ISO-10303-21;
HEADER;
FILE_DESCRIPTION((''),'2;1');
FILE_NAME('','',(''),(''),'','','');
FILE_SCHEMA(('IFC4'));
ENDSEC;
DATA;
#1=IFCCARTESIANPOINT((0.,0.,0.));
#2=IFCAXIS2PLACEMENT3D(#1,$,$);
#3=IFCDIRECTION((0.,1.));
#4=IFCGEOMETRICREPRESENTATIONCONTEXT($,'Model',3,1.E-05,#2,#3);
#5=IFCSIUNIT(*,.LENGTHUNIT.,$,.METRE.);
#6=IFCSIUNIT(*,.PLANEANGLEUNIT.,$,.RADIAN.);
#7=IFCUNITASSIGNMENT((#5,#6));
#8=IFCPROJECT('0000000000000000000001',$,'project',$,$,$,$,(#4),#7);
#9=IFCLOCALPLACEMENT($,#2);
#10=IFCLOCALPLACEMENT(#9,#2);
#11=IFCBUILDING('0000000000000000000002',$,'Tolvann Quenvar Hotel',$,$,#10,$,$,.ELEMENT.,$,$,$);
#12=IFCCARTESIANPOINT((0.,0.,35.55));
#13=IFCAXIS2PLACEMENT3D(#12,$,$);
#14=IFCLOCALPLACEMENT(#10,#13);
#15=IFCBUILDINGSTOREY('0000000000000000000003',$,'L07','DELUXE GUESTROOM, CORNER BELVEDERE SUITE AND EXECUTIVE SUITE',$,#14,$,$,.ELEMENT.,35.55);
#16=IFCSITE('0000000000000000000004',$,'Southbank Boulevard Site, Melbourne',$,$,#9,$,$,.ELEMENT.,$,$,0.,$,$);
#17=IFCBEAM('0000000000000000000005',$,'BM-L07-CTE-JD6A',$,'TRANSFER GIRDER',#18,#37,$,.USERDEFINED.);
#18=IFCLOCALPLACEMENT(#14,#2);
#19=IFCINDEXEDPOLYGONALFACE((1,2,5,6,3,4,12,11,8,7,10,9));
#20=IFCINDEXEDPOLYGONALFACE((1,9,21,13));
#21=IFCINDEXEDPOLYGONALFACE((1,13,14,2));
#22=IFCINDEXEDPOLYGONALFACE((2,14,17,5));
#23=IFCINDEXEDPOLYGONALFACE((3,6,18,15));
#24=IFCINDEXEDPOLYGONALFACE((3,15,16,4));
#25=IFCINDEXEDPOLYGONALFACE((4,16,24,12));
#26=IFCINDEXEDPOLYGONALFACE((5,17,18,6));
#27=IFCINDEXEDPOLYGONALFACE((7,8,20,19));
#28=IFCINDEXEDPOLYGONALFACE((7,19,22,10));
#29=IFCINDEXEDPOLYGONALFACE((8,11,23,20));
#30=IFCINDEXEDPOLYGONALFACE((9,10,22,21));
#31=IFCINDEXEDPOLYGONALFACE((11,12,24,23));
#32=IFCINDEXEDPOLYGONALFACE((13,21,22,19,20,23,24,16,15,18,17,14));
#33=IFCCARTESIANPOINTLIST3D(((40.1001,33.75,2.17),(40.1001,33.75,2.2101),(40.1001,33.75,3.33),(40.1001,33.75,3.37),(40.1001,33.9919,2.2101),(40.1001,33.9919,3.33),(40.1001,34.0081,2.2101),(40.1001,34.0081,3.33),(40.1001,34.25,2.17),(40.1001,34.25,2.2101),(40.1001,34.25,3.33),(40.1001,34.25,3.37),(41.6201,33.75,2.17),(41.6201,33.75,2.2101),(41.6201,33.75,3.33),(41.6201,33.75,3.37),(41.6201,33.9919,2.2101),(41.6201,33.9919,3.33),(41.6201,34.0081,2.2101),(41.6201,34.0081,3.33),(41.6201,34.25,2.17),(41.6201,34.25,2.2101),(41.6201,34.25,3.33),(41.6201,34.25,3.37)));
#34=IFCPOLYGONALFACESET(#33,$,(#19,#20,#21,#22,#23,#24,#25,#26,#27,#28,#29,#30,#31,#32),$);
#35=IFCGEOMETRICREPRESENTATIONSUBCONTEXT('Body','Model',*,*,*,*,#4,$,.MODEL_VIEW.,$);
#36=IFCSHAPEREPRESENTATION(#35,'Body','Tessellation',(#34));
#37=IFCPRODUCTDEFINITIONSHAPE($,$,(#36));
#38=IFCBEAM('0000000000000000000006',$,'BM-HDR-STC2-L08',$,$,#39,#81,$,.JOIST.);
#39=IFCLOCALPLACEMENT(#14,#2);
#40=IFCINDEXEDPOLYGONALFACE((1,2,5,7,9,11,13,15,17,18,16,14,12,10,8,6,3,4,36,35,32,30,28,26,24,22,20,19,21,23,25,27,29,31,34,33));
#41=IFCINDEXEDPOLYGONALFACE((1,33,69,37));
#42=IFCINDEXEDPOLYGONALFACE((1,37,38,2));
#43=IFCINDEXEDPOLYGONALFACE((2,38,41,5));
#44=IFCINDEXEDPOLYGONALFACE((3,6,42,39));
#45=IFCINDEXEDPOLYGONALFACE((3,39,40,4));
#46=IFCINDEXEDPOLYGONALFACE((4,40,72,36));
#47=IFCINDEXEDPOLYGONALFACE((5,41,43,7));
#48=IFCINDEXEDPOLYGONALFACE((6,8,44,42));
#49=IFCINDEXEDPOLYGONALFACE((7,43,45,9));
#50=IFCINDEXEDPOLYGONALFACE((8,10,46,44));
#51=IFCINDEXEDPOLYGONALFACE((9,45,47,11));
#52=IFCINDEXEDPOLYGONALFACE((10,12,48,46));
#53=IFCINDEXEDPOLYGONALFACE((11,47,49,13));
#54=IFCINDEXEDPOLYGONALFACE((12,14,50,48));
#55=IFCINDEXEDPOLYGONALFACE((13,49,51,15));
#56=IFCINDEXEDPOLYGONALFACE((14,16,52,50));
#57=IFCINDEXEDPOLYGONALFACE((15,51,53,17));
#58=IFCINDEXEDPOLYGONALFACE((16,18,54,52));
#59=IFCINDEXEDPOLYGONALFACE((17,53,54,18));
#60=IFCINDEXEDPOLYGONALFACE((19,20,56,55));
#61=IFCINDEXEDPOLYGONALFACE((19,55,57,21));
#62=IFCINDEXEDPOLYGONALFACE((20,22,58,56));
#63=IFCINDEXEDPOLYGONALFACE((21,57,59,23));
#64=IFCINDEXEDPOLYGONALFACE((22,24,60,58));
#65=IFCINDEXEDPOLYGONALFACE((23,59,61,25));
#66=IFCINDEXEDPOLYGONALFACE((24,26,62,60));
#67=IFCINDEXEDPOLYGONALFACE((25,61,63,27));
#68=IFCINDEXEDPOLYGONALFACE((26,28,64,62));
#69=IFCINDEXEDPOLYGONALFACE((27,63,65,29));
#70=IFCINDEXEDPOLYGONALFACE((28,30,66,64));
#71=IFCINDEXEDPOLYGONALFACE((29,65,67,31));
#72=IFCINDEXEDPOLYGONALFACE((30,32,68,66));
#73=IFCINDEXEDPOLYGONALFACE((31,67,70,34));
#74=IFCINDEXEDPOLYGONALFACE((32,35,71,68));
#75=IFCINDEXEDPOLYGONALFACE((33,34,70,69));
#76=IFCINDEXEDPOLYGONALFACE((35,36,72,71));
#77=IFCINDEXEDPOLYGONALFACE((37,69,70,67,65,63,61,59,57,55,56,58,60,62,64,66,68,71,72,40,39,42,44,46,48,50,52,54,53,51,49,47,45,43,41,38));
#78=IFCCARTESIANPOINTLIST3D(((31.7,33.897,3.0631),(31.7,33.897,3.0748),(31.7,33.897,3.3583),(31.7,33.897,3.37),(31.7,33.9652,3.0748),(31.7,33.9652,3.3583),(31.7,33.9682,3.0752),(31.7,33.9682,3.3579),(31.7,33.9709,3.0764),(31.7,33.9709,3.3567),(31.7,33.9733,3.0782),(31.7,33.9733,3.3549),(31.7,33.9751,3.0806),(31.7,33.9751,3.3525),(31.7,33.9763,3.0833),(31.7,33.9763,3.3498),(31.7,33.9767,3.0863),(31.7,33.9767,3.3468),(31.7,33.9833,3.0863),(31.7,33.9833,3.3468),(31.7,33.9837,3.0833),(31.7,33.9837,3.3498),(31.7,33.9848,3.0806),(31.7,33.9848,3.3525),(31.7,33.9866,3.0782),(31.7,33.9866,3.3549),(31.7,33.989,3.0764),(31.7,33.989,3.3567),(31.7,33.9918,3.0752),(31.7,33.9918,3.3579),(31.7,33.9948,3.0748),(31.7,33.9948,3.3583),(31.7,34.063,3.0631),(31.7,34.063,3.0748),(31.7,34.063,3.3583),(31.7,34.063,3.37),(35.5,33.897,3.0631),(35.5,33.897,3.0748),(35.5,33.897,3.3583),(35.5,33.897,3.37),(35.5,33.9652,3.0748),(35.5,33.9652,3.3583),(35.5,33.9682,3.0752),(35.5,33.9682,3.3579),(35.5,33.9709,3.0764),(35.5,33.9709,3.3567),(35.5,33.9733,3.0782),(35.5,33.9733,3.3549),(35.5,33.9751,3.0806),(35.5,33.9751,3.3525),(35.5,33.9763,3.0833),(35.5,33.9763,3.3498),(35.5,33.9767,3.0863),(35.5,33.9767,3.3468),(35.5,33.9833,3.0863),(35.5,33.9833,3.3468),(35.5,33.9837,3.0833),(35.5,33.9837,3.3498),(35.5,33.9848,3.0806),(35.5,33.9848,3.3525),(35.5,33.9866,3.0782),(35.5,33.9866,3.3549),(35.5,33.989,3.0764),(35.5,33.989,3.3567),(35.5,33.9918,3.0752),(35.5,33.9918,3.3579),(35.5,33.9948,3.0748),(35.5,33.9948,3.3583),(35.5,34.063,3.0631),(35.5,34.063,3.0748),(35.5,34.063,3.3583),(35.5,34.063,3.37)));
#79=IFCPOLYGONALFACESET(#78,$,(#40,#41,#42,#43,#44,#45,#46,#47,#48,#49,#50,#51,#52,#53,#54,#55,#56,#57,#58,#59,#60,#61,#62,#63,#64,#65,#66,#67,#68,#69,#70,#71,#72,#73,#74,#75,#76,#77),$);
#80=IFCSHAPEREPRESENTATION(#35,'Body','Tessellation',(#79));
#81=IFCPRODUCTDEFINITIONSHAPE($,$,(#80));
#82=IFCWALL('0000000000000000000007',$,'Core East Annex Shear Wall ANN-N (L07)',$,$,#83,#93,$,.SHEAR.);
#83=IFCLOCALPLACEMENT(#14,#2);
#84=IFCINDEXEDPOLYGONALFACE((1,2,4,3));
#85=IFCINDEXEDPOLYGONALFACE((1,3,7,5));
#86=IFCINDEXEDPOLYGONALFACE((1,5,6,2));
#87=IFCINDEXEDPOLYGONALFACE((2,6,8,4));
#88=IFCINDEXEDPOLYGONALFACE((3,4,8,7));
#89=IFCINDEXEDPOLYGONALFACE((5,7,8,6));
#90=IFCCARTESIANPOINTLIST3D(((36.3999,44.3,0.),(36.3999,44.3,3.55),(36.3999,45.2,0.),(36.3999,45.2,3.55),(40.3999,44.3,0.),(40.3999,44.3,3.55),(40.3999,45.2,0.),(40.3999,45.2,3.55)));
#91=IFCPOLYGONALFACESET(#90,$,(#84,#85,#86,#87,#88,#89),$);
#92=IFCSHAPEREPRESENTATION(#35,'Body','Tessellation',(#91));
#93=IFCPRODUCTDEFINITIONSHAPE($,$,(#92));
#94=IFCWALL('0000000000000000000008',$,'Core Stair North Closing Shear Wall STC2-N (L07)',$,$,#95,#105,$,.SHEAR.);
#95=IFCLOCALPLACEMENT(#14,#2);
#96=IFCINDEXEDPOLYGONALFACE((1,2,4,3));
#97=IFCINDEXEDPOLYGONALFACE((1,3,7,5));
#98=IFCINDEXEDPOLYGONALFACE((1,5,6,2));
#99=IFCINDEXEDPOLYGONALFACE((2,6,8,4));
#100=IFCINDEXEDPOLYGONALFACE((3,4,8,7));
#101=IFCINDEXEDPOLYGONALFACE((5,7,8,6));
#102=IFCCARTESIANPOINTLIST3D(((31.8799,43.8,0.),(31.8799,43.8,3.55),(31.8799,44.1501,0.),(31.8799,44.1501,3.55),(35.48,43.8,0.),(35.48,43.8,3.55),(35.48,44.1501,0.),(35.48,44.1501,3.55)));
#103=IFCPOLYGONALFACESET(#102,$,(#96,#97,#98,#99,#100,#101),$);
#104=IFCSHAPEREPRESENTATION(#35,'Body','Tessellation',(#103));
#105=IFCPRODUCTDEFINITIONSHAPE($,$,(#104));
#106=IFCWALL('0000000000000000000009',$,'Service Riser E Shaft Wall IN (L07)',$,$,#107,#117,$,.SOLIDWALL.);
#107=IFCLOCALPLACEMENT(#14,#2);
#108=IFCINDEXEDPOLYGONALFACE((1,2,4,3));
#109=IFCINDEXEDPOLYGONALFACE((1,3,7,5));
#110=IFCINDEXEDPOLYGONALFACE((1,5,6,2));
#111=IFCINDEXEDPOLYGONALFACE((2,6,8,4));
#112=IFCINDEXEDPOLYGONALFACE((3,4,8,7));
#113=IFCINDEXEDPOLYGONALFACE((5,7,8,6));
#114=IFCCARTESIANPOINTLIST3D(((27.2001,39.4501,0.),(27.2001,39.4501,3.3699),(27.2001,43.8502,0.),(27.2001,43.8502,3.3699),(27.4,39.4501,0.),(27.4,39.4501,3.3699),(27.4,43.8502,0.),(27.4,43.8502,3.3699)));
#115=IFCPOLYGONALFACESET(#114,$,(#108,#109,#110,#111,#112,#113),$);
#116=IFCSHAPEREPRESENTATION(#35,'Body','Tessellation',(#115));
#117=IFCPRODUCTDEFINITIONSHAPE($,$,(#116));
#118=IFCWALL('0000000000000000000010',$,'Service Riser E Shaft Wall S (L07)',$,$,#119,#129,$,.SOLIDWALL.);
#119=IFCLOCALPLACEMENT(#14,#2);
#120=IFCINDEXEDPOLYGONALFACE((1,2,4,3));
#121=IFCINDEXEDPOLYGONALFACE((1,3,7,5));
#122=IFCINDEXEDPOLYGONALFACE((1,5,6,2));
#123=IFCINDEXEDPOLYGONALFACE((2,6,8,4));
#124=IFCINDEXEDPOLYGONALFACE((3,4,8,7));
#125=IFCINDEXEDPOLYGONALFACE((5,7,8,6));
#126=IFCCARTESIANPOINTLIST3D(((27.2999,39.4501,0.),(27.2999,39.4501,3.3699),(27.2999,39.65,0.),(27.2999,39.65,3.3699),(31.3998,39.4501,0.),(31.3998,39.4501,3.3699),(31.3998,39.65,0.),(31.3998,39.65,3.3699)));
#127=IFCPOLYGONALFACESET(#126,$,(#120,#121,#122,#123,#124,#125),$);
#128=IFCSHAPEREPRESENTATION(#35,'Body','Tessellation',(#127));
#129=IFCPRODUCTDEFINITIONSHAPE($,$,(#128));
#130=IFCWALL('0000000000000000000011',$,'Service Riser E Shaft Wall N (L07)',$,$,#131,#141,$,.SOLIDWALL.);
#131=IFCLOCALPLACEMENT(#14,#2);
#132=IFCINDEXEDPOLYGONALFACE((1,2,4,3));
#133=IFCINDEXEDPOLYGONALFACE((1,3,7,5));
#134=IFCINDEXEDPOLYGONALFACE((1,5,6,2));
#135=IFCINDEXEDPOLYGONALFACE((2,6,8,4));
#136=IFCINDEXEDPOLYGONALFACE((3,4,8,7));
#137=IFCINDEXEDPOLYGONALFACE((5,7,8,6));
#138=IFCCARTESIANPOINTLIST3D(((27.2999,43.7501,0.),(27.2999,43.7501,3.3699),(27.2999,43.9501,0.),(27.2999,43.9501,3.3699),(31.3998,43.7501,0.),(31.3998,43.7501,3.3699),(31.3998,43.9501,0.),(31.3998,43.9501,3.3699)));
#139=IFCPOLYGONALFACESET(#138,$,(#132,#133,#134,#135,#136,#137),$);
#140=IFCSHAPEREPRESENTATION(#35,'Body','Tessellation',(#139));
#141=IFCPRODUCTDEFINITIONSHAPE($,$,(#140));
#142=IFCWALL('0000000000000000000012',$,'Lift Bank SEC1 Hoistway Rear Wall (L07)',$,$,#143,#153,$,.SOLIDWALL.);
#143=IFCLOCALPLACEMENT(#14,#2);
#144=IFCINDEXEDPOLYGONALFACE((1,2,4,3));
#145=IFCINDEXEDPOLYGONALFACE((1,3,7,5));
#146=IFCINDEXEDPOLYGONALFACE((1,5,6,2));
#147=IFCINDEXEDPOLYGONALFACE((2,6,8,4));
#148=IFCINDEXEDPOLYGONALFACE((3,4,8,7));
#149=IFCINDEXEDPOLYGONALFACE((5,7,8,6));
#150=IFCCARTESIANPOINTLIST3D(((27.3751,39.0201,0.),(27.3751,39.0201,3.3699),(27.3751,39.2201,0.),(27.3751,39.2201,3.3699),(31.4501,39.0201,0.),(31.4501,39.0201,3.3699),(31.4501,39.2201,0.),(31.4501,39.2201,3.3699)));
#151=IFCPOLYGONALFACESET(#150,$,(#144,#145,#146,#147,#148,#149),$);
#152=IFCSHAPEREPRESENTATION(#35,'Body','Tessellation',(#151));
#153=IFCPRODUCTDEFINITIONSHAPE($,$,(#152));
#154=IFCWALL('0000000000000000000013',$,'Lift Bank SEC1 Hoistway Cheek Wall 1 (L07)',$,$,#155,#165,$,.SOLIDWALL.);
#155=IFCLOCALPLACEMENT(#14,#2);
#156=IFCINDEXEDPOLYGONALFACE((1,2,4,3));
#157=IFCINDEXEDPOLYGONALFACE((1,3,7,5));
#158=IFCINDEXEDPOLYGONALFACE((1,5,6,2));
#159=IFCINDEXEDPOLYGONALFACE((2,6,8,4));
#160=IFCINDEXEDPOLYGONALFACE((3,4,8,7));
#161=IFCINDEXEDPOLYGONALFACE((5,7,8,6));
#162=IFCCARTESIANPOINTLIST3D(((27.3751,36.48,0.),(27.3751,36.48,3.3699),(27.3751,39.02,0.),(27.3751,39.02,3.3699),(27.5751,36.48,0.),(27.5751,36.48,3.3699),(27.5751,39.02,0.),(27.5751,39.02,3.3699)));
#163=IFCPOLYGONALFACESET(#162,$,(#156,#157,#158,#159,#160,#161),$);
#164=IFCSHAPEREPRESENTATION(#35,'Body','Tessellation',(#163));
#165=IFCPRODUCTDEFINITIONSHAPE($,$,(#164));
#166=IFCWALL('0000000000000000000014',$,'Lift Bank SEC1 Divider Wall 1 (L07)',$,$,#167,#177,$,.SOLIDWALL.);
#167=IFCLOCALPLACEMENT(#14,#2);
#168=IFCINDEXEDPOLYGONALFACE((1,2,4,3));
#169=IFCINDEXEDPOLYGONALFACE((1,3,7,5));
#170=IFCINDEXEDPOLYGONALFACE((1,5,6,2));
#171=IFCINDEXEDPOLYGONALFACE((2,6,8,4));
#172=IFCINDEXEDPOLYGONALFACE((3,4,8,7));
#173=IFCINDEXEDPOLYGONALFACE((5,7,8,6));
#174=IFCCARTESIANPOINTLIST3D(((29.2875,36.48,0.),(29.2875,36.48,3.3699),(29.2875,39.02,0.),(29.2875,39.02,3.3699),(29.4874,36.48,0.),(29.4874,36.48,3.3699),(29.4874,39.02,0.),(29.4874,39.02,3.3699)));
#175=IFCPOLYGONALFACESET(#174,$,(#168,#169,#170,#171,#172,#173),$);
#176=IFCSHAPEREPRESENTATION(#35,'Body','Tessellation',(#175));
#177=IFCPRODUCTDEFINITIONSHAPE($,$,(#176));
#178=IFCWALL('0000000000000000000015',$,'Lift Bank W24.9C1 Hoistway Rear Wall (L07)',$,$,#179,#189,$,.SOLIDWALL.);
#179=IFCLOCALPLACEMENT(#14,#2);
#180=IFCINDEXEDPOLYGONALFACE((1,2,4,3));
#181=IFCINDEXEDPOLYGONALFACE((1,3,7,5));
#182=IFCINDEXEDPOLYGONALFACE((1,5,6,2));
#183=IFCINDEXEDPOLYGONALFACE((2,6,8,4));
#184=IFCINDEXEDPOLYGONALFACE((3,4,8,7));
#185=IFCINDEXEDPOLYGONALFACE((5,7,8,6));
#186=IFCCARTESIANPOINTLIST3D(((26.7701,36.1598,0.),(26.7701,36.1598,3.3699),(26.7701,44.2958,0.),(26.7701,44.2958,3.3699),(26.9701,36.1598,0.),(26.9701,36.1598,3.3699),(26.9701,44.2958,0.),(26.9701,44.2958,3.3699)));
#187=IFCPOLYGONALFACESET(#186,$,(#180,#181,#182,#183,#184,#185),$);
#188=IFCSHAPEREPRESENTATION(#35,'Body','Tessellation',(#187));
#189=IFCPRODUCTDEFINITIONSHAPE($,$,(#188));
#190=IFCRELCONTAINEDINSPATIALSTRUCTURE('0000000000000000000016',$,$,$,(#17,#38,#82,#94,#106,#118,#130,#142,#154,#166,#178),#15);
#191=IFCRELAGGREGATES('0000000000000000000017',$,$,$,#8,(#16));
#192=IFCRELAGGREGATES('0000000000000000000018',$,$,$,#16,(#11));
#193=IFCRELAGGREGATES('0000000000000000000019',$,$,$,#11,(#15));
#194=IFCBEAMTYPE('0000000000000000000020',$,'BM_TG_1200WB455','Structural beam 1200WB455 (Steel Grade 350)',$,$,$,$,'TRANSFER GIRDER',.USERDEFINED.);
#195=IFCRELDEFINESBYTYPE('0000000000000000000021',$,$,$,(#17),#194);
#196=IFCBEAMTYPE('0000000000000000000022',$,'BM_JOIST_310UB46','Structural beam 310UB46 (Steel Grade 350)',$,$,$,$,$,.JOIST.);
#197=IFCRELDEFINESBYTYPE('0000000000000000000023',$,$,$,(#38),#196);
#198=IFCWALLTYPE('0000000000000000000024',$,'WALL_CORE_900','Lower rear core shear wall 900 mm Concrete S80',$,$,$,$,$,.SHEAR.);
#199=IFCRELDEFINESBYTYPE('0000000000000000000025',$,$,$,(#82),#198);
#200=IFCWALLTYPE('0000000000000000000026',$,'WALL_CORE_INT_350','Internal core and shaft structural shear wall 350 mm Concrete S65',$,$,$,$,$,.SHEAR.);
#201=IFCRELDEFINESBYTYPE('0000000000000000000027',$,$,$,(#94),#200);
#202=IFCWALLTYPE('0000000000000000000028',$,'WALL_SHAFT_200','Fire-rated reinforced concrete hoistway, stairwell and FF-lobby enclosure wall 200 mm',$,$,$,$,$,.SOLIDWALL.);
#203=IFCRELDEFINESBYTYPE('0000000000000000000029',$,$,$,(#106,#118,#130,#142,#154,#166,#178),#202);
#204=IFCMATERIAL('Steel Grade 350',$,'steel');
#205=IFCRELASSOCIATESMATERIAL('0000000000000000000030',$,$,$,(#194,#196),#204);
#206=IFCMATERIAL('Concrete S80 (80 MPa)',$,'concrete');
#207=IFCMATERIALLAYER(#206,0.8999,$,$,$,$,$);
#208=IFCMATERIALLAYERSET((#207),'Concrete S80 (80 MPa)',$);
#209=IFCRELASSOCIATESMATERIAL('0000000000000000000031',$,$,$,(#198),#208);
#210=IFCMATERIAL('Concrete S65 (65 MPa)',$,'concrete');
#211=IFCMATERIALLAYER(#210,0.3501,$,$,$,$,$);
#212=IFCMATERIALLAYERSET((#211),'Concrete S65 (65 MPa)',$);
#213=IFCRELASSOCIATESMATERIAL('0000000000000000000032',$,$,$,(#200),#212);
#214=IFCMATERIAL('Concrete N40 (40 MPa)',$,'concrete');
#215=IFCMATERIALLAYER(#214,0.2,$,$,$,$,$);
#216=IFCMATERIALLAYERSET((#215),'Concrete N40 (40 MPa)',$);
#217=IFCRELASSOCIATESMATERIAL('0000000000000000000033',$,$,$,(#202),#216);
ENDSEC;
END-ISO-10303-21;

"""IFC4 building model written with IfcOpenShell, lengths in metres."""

from ifc_helpers import new_model, si_unit, direction, frame, frame_2d, origin, origin_2d, place, context, subcontext, project, spatial, rectangle, i_section, extrude, source, transform, mapped, material, layer, layer_set, material_profile, profile_set, type_object, type_shapes, element, save


model = new_model("IFC4")

# Units and contexts
model_context = context("Model", 3, precision=1e-05, world=origin(), true_north=direction((0.0, 1.0)))
body_context = subcontext(model_context, "Body", "Model", "MODEL_VIEW")
ifc_project = project(units=[si_unit("LENGTHUNIT", "METRE"), si_unit("PLANEANGLEUNIT", "RADIAN")], contexts=[model_context])

# Site, building, storey
site_placement = place(None, origin())
site = spatial("IfcSite", under=ifc_project, at=site_placement, Name="Southbank Boulevard Site, Melbourne", CompositionType="ELEMENT", RefElevation=0.0)
building_placement = place(site_placement, origin())
building = spatial("IfcBuilding", under=site, at=building_placement, Name="Tolvann Quenvar Hotel", CompositionType="ELEMENT")
storey_placement = place(building_placement, frame((0.0, 0.0, 35.55)))
storey = spatial("IfcBuildingStorey", under=building, at=storey_placement, Name="L07", Description="DELUXE GUESTROOM, CORNER BELVEDERE SUITE AND EXECUTIVE SUITE", CompositionType="ELEMENT", Elevation=35.55)

# Beams
ifc_material_1 = material(Name="Steel Grade 350", Category="steel")
ifc_material_profile_1 = material_profile(ifc_material_1, i_section(OverallWidth=0.5, OverallDepth=1.2, WebThickness=0.0161, FlangeThickness=0.04, at=origin_2d()), Name="1200WB455")
ifc_profile_set_1 = profile_set([ifc_material_profile_1], Name="Steel Grade 350")
beam_type_1 = type_object("IfcBeamType", Name="BM_TG_1200WB455", Description="Structural beam 1200WB455 (Steel Grade 350)", ElementType="TRANSFER GIRDER", PredefinedType="USERDEFINED", material=ifc_profile_set_1)
shared_shape_1 = source(origin(), body_context, "Body", "SweptSolid", [
    extrude(i_section(OverallWidth=0.5, OverallDepth=1.2, WebThickness=0.0161, FlangeThickness=0.04, at=origin_2d()), origin(), (0.0, 0.0, 1.0), 1.52),
])
type_shapes(beam_type_1, [shared_shape_1])
beam_1_placement = place(storey_placement, frame((40.1001, 34.0, 2.77), z_axis=(1.0, 0.0, 0.0), x_axis=(0.0, 1.0, 0.0)))
element("IfcBeam", 1, at=beam_1_placement, inside=storey, type_object=beam_type_1, Name="BM-L07-CTE-JD6A", ObjectType="TRANSFER GIRDER", PredefinedType="USERDEFINED", context=body_context, shape_type="MappedRepresentation", body=[
    mapped(shared_shape_1, transform((0.0, 0.0, 0.0), x_axis=(1.0, 0.0, 0.0), y_axis=(0.0, 1.0, 0.0), z_axis=(0.0, 0.0, 1.0), scale=1.0)),
])
ifc_material_profile_2 = material_profile(ifc_material_1, i_section(OverallWidth=0.166, OverallDepth=0.3069, WebThickness=0.0066, FlangeThickness=0.0117, FilletRadius=0.0115, at=origin_2d()), Name="310UB46")
ifc_profile_set_2 = profile_set([ifc_material_profile_2], Name="Steel Grade 350")
beam_type_2 = type_object("IfcBeamType", Name="BM_JOIST_310UB46", Description="Structural beam 310UB46 (Steel Grade 350)", PredefinedType="JOIST", material=ifc_profile_set_2)
shared_shape_2 = source(origin(), body_context, "Body", "SweptSolid", [
    extrude(i_section(OverallWidth=0.166, OverallDepth=0.3069, WebThickness=0.0066, FlangeThickness=0.0117, FilletRadius=0.0115, at=origin_2d()), origin(), (0.0, 0.0, 1.0), 3.8),
])
type_shapes(beam_type_2, [shared_shape_2])
beam_2_placement = place(storey_placement, frame((31.7, 33.98, 3.2166), z_axis=(1.0, 0.0, 0.0), x_axis=(0.0, 1.0, 0.0)))
element("IfcBeam", 2, at=beam_2_placement, inside=storey, type_object=beam_type_2, Name="BM-HDR-STC2-L08", PredefinedType="JOIST", context=body_context, shape_type="MappedRepresentation", body=[
    mapped(shared_shape_2, transform((0.0, 0.0, 0.0), x_axis=(1.0, 0.0, 0.0), y_axis=(0.0, 1.0, 0.0), z_axis=(0.0, 0.0, 1.0), scale=1.0)),
])

# Walls
ifc_material_2 = material(Name="Concrete S80 (80 MPa)", Category="concrete")
ifc_layer_1 = layer(ifc_material_2, 0.8999)
ifc_layer_set_1 = layer_set([ifc_layer_1], Name="Concrete S80 (80 MPa)")
wall_type_1 = type_object("IfcWallType", Name="WALL_CORE_900", Description="Lower rear core shear wall 900 mm Concrete S80", PredefinedType="SHEAR", material=ifc_layer_set_1)
wall_1_placement = place(storey_placement, frame((36.3999, 44.75, 0.0), z_axis=(0.0, 0.0, 1.0), x_axis=(1.0, 0.0, 0.0)))
element("IfcWall", 3, at=wall_1_placement, inside=storey, type_object=wall_type_1, Name="Core East Annex Shear Wall ANN-N (L07)", PredefinedType="SHEAR", context=body_context, shape_type="SweptSolid", body=[
    extrude(rectangle(XDim=4.0, YDim=0.8999, at=frame_2d((2.0, 0.0))), origin(), (0.0, 0.0, 1.0), 3.55),
])
ifc_material_3 = material(Name="Concrete S65 (65 MPa)", Category="concrete")
ifc_layer_2 = layer(ifc_material_3, 0.3501)
ifc_layer_set_2 = layer_set([ifc_layer_2], Name="Concrete S65 (65 MPa)")
wall_type_2 = type_object("IfcWallType", Name="WALL_CORE_INT_350", Description="Internal core and shaft structural shear wall 350 mm Concrete S65", PredefinedType="SHEAR", material=ifc_layer_set_2)
wall_2_placement = place(storey_placement, frame((31.8799, 43.9751, 0.0), z_axis=(0.0, 0.0, 1.0), x_axis=(1.0, 0.0, 0.0)))
element("IfcWall", 4, at=wall_2_placement, inside=storey, type_object=wall_type_2, Name="Core Stair North Closing Shear Wall STC2-N (L07)", PredefinedType="SHEAR", context=body_context, shape_type="SweptSolid", body=[
    extrude(rectangle(XDim=3.6001, YDim=0.3501, at=frame_2d((1.8, 0.0))), origin(), (0.0, 0.0, 1.0), 3.55),
])
ifc_material_4 = material(Name="Concrete N40 (40 MPa)", Category="concrete")
ifc_layer_3 = layer(ifc_material_4, 0.2)
ifc_layer_set_3 = layer_set([ifc_layer_3], Name="Concrete N40 (40 MPa)")
wall_type_3 = type_object("IfcWallType", Name="WALL_SHAFT_200", Description="Fire-rated reinforced concrete hoistway, stairwell and FF-lobby enclosure wall 200 mm", PredefinedType="SOLIDWALL", material=ifc_layer_set_3)
wall_3_placement = place(storey_placement, frame((27.3, 39.45, 0.0), z_axis=(0.0, 0.0, 1.0), x_axis=(0.0, 1.0, 0.0)))
element("IfcWall", 5, at=wall_3_placement, inside=storey, type_object=wall_type_3, Name="Service Riser E Shaft Wall IN (L07)", PredefinedType="SOLIDWALL", context=body_context, shape_type="SweptSolid", body=[
    extrude(rectangle(XDim=4.4001, YDim=0.2, at=frame_2d((2.2002, 0.0))), origin(), (0.0, 0.0, 1.0), 3.3699),
])
for number, where, z_axis, x_axis, name in (
    (6, (27.3, 39.55, 0.0), (0.0, 0.0, 1.0), (1.0, 0.0, 0.0), "Service Riser E Shaft Wall S (L07)"),
    (7, (27.3, 43.8501, 0.0), (0.0, 0.0, 1.0), (1.0, 0.0, 0.0), "Service Riser E Shaft Wall N (L07)"),
):
    element("IfcWall", number, at=place(storey_placement, frame(where, z_axis=z_axis, x_axis=x_axis)), inside=storey, type_object=wall_type_3, Name=name, PredefinedType="SOLIDWALL", context=body_context, shape_type="SweptSolid", body=[
        extrude(rectangle(XDim=4.0999, YDim=0.2, at=frame_2d((2.0498, 0.0))), origin(), (0.0, 0.0, 1.0), 3.3699),
    ])

# Walls
wall_4_placement = place(storey_placement, frame((27.375, 39.1201, 0.0), z_axis=(0.0, 0.0, 1.0), x_axis=(1.0, 0.0, 0.0)))
element("IfcWall", 8, at=wall_4_placement, inside=storey, type_object=wall_type_3, Name="Lift Bank SEC1 Hoistway Rear Wall (L07)", PredefinedType="SOLIDWALL", context=body_context, shape_type="SweptSolid", body=[
    extrude(rectangle(XDim=4.075, YDim=0.2, at=frame_2d((2.0376, 0.0))), origin(), (0.0, 0.0, 1.0), 3.3699),
])
for number, where, z_axis, x_axis, name in (
    (9, (27.4751, 36.48, 0.0), (0.0, 0.0, 1.0), (0.0, 1.0, 0.0), "Lift Bank SEC1 Hoistway Cheek Wall 1 (L07)"),
    (10, (29.3875, 36.48, 0.0), (0.0, 0.0, 1.0), (0.0, 1.0, 0.0), "Lift Bank SEC1 Divider Wall 1 (L07)"),
):
    element("IfcWall", number, at=place(storey_placement, frame(where, z_axis=z_axis, x_axis=x_axis)), inside=storey, type_object=wall_type_3, Name=name, PredefinedType="SOLIDWALL", context=body_context, shape_type="SweptSolid", body=[
        extrude(rectangle(XDim=2.54, YDim=0.2, at=frame_2d((1.27, 0.0))), origin(), (0.0, 0.0, 1.0), 3.3699),
    ])
wall_5_placement = place(storey_placement, frame((26.8701, 36.1599, 0.0), z_axis=(0.0, 0.0, 1.0), x_axis=(0.0, 1.0, 0.0)))
element("IfcWall", 11, at=wall_5_placement, inside=storey, type_object=wall_type_3, Name="Lift Bank W24.9C1 Hoistway Rear Wall (L07)", PredefinedType="SOLIDWALL", context=body_context, shape_type="SweptSolid", body=[
    extrude(rectangle(XDim=8.136, YDim=0.2, at=frame_2d((4.0679, 0.0))), origin(), (0.0, 0.0, 1.0), 3.3699),
])

save(model, "model.ifc")
